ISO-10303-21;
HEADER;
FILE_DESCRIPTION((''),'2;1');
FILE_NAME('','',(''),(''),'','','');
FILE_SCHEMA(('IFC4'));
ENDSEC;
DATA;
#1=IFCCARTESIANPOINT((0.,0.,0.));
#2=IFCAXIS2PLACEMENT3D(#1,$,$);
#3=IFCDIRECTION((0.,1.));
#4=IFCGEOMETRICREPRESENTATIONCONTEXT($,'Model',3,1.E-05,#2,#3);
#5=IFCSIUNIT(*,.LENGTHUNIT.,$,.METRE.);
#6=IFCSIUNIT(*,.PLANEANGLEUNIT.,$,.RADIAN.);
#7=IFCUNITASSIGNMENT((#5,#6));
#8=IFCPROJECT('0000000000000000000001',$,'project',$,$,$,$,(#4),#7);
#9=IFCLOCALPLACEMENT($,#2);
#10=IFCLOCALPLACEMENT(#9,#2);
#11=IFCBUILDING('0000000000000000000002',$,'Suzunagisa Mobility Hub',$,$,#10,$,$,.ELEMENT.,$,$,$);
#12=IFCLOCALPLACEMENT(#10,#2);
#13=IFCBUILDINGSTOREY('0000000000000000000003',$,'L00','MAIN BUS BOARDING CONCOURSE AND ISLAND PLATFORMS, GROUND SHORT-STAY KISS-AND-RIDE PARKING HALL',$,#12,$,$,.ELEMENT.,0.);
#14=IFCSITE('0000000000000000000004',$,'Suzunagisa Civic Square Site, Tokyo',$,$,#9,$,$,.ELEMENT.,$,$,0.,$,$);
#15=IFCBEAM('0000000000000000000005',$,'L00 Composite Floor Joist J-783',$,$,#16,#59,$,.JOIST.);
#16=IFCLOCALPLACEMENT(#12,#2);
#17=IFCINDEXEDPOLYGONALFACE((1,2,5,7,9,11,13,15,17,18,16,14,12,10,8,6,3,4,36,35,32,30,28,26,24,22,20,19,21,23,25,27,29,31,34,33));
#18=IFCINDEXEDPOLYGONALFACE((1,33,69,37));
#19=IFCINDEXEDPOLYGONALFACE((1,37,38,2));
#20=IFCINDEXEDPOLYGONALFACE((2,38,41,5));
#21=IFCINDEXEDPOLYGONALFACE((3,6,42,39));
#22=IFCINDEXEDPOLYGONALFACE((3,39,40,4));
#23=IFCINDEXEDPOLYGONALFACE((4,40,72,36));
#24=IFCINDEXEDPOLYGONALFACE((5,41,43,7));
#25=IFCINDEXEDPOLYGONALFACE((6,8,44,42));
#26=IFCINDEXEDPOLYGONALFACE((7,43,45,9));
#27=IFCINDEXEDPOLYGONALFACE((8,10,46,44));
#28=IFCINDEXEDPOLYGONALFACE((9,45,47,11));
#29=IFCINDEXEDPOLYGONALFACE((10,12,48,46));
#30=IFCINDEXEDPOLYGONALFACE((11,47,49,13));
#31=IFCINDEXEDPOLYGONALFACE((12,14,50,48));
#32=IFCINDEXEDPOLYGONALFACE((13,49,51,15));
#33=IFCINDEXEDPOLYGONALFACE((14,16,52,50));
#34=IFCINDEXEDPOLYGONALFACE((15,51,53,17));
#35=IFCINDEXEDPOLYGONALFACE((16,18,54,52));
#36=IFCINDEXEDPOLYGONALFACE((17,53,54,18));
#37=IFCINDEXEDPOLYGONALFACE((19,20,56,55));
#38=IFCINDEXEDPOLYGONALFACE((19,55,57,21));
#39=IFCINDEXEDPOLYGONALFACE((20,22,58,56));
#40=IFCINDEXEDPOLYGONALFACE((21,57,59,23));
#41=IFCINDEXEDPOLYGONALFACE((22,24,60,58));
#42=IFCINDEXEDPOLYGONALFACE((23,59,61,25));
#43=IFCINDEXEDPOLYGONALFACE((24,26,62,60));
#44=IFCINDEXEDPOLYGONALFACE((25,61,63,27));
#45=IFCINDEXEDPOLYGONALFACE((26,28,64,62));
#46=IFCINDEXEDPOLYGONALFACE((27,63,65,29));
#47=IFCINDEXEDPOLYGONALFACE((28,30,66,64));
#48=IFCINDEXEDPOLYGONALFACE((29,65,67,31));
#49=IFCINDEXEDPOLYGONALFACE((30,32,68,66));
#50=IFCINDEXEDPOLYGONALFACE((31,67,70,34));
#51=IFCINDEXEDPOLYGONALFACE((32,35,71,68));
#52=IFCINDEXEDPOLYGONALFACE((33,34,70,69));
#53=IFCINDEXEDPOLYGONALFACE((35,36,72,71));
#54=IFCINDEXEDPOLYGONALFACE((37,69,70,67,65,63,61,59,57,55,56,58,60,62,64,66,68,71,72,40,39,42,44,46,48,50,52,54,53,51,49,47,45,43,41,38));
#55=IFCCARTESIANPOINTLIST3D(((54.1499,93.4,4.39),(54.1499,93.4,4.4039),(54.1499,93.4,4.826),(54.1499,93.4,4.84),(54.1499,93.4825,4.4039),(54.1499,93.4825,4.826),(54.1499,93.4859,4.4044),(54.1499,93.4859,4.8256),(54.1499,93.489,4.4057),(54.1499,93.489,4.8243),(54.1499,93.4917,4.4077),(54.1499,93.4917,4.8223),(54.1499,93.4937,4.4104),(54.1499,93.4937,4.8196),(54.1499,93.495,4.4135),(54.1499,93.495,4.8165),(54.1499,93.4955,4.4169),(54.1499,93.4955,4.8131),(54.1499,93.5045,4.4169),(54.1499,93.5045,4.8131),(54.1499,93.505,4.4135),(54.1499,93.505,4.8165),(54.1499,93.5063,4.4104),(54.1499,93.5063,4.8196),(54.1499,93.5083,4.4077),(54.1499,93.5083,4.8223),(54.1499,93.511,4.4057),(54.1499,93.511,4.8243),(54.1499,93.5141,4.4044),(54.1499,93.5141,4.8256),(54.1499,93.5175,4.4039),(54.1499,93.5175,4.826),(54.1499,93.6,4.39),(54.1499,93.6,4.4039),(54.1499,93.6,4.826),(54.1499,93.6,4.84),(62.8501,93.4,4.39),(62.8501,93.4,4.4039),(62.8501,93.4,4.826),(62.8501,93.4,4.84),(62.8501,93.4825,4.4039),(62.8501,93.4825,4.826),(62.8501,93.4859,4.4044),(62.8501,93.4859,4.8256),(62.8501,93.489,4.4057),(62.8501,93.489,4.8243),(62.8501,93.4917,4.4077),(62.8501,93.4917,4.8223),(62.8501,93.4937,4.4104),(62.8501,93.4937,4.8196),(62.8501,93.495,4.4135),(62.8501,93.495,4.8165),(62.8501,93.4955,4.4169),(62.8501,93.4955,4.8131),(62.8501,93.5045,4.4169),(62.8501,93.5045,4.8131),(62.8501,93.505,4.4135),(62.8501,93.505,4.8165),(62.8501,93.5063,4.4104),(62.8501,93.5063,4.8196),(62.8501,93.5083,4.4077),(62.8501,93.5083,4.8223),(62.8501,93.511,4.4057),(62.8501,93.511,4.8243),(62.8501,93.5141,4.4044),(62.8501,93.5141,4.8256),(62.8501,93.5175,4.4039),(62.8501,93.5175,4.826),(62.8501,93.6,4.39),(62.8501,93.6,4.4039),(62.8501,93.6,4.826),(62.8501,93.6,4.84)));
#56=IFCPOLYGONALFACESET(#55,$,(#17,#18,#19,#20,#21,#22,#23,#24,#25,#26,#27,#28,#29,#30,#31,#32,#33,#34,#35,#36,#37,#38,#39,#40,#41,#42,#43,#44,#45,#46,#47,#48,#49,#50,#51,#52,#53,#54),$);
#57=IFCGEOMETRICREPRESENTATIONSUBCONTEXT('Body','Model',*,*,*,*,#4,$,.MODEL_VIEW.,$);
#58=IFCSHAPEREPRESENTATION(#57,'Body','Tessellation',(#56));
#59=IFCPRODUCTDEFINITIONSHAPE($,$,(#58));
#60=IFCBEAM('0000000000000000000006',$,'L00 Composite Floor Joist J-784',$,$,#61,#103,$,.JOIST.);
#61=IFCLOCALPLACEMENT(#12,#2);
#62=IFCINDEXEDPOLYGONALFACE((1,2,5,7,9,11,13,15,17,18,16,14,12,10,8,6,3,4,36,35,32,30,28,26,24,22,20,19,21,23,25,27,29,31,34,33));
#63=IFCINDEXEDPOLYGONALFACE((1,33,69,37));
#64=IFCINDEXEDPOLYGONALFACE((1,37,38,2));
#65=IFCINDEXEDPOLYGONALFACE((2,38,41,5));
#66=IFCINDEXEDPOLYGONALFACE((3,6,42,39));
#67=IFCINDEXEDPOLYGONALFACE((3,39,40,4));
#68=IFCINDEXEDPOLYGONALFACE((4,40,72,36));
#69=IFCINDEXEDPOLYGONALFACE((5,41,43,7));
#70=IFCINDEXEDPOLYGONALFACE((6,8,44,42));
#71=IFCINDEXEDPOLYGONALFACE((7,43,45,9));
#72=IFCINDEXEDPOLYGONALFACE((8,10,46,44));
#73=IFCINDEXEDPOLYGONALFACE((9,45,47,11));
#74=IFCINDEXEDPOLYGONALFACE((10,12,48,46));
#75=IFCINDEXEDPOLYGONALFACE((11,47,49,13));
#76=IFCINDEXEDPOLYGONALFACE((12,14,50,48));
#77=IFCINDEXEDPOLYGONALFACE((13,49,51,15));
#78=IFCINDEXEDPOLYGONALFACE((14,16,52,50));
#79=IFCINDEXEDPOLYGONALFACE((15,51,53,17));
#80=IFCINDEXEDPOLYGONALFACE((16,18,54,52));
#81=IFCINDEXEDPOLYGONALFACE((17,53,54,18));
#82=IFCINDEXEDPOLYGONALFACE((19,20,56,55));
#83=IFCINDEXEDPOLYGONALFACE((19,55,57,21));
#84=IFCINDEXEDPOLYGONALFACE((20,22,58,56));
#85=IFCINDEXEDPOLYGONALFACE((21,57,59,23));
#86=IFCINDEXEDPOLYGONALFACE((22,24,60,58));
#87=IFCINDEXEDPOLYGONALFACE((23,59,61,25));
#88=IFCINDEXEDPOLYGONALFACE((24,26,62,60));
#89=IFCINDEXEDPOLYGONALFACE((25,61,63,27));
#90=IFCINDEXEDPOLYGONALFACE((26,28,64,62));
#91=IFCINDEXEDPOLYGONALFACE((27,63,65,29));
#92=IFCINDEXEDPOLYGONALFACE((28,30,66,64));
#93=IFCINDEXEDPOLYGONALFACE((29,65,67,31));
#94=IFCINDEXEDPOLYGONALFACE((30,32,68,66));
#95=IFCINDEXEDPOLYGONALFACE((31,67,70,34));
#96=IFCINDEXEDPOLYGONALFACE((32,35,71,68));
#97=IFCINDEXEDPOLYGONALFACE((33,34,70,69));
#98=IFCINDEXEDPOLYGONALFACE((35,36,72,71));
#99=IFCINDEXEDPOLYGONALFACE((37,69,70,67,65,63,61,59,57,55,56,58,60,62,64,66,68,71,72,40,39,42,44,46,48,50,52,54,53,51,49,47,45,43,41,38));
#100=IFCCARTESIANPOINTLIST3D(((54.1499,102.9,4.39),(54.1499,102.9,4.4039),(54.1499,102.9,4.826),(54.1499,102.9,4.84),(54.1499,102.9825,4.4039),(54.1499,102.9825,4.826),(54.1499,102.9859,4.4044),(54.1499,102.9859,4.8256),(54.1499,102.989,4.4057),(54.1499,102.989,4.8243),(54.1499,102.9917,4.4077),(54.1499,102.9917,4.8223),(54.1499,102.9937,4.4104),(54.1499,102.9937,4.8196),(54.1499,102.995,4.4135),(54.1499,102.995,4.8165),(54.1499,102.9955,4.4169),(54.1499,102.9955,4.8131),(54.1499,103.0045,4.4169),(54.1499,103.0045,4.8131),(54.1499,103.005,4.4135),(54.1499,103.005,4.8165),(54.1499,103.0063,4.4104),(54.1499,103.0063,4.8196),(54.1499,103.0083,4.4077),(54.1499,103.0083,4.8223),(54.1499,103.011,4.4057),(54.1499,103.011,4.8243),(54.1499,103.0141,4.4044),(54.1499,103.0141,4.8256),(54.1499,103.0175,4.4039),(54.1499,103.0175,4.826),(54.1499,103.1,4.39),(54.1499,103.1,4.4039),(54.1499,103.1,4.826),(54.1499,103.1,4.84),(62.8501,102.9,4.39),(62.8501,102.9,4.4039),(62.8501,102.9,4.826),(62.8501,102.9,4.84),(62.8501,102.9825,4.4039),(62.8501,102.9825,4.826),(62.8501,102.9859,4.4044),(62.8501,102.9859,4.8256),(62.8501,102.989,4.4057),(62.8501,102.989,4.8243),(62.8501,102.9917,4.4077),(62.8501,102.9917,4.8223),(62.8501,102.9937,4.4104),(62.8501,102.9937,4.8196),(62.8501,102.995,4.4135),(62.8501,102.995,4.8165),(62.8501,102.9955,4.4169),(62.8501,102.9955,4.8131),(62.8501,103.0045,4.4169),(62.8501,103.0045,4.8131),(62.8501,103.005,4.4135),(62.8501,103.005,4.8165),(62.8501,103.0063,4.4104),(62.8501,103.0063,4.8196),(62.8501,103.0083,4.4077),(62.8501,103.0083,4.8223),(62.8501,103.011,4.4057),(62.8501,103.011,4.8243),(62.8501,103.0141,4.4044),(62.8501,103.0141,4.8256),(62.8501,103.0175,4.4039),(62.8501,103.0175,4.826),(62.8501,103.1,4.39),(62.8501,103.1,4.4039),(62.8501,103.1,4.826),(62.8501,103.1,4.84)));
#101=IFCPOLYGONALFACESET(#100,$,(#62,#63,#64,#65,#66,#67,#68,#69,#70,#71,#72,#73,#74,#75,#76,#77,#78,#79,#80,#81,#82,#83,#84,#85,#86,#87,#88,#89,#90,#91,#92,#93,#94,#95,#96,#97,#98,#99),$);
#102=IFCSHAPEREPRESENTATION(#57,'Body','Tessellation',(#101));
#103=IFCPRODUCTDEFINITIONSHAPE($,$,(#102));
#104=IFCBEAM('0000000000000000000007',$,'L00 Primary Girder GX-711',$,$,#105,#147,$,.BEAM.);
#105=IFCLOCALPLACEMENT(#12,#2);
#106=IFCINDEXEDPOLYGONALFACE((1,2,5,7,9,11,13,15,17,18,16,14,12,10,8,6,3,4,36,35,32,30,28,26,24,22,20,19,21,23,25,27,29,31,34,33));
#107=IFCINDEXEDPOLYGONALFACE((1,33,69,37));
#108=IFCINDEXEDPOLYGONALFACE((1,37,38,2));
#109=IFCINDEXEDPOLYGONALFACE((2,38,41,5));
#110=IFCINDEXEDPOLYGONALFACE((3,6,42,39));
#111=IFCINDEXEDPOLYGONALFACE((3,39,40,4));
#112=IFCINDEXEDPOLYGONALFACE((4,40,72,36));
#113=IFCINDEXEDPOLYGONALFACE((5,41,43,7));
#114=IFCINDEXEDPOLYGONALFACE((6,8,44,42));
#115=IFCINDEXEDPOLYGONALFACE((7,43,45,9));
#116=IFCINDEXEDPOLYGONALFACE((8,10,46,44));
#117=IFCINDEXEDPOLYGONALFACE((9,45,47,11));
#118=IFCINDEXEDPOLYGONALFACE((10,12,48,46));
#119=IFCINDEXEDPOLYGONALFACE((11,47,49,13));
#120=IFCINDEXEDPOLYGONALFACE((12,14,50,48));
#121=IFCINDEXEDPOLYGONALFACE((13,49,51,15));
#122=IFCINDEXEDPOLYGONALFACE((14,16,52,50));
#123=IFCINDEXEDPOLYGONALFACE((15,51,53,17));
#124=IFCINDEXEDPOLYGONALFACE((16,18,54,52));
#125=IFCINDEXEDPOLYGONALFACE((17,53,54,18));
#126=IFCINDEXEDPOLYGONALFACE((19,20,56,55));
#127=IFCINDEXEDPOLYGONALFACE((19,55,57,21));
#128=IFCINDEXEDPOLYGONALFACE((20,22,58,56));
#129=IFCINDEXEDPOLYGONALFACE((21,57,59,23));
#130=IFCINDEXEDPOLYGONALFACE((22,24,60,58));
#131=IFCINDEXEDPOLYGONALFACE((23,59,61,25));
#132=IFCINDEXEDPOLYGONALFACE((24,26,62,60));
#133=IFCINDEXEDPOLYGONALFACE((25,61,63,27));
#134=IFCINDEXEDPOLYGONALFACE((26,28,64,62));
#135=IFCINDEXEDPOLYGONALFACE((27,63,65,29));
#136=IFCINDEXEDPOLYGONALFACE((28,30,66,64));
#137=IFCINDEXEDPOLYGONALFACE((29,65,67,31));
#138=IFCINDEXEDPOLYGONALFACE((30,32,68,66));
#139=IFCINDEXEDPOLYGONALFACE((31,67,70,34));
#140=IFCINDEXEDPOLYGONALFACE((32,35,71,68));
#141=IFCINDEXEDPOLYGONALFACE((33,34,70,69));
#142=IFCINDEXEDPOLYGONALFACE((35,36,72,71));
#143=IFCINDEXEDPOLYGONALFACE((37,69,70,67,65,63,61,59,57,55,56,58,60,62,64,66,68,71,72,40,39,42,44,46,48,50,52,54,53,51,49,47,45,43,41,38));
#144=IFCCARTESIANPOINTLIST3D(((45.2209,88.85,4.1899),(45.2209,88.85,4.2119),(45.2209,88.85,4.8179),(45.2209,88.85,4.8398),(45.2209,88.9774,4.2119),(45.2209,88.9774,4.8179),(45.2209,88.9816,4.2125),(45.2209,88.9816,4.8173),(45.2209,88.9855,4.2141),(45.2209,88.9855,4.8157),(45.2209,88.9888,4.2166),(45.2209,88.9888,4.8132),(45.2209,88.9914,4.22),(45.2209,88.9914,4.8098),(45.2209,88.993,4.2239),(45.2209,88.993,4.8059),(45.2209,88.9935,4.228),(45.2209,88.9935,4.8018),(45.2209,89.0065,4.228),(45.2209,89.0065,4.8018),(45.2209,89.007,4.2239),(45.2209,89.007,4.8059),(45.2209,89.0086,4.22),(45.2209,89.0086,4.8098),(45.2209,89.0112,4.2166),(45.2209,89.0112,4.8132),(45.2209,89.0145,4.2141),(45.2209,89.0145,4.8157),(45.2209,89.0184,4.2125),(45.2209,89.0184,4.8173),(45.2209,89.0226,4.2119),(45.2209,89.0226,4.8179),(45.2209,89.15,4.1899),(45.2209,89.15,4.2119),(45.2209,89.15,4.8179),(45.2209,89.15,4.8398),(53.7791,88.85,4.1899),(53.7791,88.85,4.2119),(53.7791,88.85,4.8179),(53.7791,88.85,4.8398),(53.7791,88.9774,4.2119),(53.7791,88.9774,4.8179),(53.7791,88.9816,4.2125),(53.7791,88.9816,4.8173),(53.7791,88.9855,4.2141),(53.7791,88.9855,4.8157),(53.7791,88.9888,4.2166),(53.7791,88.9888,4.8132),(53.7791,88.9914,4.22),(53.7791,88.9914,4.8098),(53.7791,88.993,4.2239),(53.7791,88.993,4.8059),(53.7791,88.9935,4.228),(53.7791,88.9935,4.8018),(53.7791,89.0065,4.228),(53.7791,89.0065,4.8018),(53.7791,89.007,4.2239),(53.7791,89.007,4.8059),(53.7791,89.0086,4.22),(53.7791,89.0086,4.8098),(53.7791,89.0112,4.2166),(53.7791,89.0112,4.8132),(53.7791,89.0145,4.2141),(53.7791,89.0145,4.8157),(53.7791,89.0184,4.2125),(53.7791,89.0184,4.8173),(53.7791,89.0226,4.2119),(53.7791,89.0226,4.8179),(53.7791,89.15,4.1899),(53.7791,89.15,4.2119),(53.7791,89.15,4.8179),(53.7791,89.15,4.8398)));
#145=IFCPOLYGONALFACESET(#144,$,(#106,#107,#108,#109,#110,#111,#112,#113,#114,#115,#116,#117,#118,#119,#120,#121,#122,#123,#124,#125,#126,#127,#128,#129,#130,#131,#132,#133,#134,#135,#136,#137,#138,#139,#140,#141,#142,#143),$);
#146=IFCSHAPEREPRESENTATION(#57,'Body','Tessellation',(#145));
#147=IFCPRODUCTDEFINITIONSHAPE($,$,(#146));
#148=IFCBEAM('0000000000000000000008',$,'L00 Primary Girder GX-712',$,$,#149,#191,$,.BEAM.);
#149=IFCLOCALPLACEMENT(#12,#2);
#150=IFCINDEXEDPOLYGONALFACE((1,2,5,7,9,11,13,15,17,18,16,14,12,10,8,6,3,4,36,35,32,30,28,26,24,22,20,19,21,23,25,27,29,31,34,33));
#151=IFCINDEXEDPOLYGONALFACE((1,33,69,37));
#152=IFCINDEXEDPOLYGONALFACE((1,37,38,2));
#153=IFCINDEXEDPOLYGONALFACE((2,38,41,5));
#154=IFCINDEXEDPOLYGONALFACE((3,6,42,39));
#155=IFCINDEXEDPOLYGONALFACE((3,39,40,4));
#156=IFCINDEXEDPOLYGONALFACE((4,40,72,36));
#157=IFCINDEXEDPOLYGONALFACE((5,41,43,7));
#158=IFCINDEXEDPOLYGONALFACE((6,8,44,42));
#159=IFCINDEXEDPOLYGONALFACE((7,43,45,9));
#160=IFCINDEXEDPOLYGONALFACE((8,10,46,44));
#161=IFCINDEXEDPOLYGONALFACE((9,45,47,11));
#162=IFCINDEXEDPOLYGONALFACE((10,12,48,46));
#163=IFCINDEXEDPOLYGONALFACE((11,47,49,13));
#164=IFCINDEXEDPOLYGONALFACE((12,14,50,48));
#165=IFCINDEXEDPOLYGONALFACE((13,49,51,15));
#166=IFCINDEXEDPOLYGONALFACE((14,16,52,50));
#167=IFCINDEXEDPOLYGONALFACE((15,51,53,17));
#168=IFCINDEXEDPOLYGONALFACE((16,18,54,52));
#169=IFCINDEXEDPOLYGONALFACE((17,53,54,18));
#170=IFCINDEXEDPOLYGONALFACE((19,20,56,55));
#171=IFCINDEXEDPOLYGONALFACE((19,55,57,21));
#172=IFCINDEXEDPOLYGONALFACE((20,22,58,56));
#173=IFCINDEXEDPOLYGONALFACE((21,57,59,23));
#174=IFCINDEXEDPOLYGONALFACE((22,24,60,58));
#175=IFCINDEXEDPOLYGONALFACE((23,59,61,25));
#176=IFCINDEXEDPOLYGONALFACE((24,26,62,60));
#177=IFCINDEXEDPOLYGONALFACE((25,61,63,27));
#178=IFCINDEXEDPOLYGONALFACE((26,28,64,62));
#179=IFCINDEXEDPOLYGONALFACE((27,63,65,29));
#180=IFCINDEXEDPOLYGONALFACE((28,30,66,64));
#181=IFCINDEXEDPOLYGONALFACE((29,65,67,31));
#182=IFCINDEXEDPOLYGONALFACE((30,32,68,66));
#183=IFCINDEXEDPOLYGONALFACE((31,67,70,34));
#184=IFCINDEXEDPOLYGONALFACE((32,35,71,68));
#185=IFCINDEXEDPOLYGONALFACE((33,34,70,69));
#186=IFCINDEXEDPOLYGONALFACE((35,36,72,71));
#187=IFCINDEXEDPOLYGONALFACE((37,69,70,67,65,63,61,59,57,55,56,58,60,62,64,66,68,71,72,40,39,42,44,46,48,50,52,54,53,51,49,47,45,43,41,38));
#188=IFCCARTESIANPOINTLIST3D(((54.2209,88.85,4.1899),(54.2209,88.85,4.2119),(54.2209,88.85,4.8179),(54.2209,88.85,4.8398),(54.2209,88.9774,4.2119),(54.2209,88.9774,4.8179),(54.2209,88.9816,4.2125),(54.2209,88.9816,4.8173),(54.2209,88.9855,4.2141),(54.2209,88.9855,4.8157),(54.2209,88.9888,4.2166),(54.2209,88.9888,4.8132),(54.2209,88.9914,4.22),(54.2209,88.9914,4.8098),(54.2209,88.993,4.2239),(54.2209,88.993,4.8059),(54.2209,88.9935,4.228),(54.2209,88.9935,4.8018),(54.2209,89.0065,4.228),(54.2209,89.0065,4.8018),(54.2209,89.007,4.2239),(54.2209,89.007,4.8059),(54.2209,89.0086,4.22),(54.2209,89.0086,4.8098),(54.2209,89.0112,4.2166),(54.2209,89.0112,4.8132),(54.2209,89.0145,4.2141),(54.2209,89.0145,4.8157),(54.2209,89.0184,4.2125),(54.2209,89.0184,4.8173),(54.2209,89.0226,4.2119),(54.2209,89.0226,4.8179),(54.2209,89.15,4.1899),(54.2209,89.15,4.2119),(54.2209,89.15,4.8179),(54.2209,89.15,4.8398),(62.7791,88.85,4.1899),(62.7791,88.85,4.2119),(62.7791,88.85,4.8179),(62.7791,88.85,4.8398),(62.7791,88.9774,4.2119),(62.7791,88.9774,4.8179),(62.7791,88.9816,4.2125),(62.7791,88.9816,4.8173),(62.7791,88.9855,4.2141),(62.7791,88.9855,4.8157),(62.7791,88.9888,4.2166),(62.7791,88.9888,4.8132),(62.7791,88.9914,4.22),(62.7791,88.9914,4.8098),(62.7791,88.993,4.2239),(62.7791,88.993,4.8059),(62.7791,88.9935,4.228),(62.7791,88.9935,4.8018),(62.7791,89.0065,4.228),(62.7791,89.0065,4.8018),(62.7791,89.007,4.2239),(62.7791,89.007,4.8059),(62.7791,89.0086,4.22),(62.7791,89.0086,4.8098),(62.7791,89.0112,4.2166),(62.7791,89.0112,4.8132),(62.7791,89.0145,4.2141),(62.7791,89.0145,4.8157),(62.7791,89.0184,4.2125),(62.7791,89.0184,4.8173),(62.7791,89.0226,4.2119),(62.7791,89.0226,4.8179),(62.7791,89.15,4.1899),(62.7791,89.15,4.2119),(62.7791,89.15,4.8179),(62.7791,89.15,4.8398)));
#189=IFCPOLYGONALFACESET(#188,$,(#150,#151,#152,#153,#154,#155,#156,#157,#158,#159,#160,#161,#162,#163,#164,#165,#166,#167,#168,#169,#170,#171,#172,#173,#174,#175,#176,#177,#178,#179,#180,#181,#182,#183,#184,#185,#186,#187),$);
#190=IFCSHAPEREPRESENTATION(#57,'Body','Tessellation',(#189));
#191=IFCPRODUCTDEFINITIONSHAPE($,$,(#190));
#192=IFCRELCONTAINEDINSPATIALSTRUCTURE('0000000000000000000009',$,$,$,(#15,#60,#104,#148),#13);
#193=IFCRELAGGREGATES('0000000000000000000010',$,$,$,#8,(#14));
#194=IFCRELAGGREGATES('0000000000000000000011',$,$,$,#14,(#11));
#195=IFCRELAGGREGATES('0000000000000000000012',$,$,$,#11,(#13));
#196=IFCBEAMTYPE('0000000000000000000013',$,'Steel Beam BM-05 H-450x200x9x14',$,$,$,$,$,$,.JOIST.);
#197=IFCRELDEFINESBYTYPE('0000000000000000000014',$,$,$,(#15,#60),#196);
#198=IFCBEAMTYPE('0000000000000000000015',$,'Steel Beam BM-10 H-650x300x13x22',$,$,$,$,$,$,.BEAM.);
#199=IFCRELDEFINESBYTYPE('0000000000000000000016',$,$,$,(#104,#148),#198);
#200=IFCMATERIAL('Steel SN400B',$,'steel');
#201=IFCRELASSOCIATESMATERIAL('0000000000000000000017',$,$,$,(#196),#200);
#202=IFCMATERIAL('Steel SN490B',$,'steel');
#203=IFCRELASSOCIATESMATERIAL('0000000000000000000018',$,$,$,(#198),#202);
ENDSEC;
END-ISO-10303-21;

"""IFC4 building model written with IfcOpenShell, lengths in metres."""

from ifc_helpers import new_model, si_unit, direction, frame, origin, origin_2d, place, context, subcontext, project, spatial, i_section, extrude, material, material_profile, profile_set, type_object, element, save


model = new_model("IFC4")

# Units and contexts
model_context = context("Model", 3, precision=1e-05, world=origin(), true_north=direction((0.0, 1.0)))
body_context = subcontext(model_context, "Body", "Model", "MODEL_VIEW")
ifc_project = project(units=[si_unit("LENGTHUNIT", "METRE"), si_unit("PLANEANGLEUNIT", "RADIAN")], contexts=[model_context])

# Site, building, storey
site_placement = place(None, origin())
site = spatial("IfcSite", under=ifc_project, at=site_placement, Name="Suzunagisa Civic Square Site, Tokyo", CompositionType="ELEMENT", RefElevation=0.0)
building_placement = place(site_placement, origin())
building = spatial("IfcBuilding", under=site, at=building_placement, Name="Suzunagisa Mobility Hub", CompositionType="ELEMENT")
storey_placement = place(building_placement, origin())
storey = spatial("IfcBuildingStorey", under=building, at=storey_placement, Name="L00", Description="MAIN BUS BOARDING CONCOURSE AND ISLAND PLATFORMS, GROUND SHORT-STAY KISS-AND-RIDE PARKING HALL", CompositionType="ELEMENT", Elevation=0.0)

# Shared definitions
ifc_material_1 = material(Name="Steel SN490B", Category="steel")

# Beams
ifc_material_2 = material(Name="Steel SN400B", Category="steel")
ifc_material_profile_1 = material_profile(ifc_material_2, i_section(OverallWidth=0.2, OverallDepth=0.45, WebThickness=0.009, FlangeThickness=0.0139, FilletRadius=0.0129, at=origin_2d()), Name="H-450x200x9x14")
ifc_profile_set_1 = profile_set([ifc_material_profile_1], Name="Steel SN400B")
beam_type_1 = type_object("IfcBeamType", Name="Steel Beam BM-05 H-450x200x9x14", PredefinedType="JOIST", material=ifc_profile_set_1)
for number, where, z_axis, x_axis, name in (
    (1, (54.1499, 93.5, 4.615), (1.0, 0.0, 0.0), (0.0, 1.0, 0.0), "L00 Composite Floor Joist J-783"),
    (2, (54.1499, 103.0, 4.615), (1.0, 0.0, 0.0), (0.0, 1.0, 0.0), "L00 Composite Floor Joist J-784"),
):
    element("IfcBeam", number, at=place(storey_placement, frame(where, z_axis=z_axis, x_axis=x_axis)), inside=storey, type_object=beam_type_1, Name=name, PredefinedType="JOIST", context=body_context, shape_type="SweptSolid", body=[
        extrude(i_section(OverallWidth=0.2, OverallDepth=0.45, WebThickness=0.009, FlangeThickness=0.0139, FilletRadius=0.0129, at=origin_2d()), origin(), (0.0, 0.0, 1.0), 8.7002),
    ])
ifc_material_profile_2 = material_profile(ifc_material_1, i_section(OverallWidth=0.3, OverallDepth=0.6499, WebThickness=0.0129, FlangeThickness=0.022, FilletRadius=0.0161, at=origin_2d()), Name="H-650x300x13x22")
ifc_profile_set_2 = profile_set([ifc_material_profile_2], Name="Steel SN490B")
beam_type_2 = type_object("IfcBeamType", Name="Steel Beam BM-10 H-650x300x13x22", PredefinedType="BEAM", material=ifc_profile_set_2)
for number, where, z_axis, x_axis, name in (
    (3, (45.2209, 89.0, 4.5149), (1.0, 0.0, 0.0), (0.0, 1.0, 0.0), "L00 Primary Girder GX-711"),
    (4, (54.2209, 89.0, 4.5149), (1.0, 0.0, 0.0), (0.0, 1.0, 0.0), "L00 Primary Girder GX-712"),
):
    element("IfcBeam", number, at=place(storey_placement, frame(where, z_axis=z_axis, x_axis=x_axis)), inside=storey, type_object=beam_type_2, Name=name, PredefinedType="BEAM", context=body_context, shape_type="SweptSolid", body=[
        extrude(i_section(OverallWidth=0.3, OverallDepth=0.6499, WebThickness=0.0129, FlangeThickness=0.022, FilletRadius=0.0161, at=origin_2d()), origin(), (0.0, 0.0, 1.0), 8.5581),
    ])

save(model, "model.ifc")
